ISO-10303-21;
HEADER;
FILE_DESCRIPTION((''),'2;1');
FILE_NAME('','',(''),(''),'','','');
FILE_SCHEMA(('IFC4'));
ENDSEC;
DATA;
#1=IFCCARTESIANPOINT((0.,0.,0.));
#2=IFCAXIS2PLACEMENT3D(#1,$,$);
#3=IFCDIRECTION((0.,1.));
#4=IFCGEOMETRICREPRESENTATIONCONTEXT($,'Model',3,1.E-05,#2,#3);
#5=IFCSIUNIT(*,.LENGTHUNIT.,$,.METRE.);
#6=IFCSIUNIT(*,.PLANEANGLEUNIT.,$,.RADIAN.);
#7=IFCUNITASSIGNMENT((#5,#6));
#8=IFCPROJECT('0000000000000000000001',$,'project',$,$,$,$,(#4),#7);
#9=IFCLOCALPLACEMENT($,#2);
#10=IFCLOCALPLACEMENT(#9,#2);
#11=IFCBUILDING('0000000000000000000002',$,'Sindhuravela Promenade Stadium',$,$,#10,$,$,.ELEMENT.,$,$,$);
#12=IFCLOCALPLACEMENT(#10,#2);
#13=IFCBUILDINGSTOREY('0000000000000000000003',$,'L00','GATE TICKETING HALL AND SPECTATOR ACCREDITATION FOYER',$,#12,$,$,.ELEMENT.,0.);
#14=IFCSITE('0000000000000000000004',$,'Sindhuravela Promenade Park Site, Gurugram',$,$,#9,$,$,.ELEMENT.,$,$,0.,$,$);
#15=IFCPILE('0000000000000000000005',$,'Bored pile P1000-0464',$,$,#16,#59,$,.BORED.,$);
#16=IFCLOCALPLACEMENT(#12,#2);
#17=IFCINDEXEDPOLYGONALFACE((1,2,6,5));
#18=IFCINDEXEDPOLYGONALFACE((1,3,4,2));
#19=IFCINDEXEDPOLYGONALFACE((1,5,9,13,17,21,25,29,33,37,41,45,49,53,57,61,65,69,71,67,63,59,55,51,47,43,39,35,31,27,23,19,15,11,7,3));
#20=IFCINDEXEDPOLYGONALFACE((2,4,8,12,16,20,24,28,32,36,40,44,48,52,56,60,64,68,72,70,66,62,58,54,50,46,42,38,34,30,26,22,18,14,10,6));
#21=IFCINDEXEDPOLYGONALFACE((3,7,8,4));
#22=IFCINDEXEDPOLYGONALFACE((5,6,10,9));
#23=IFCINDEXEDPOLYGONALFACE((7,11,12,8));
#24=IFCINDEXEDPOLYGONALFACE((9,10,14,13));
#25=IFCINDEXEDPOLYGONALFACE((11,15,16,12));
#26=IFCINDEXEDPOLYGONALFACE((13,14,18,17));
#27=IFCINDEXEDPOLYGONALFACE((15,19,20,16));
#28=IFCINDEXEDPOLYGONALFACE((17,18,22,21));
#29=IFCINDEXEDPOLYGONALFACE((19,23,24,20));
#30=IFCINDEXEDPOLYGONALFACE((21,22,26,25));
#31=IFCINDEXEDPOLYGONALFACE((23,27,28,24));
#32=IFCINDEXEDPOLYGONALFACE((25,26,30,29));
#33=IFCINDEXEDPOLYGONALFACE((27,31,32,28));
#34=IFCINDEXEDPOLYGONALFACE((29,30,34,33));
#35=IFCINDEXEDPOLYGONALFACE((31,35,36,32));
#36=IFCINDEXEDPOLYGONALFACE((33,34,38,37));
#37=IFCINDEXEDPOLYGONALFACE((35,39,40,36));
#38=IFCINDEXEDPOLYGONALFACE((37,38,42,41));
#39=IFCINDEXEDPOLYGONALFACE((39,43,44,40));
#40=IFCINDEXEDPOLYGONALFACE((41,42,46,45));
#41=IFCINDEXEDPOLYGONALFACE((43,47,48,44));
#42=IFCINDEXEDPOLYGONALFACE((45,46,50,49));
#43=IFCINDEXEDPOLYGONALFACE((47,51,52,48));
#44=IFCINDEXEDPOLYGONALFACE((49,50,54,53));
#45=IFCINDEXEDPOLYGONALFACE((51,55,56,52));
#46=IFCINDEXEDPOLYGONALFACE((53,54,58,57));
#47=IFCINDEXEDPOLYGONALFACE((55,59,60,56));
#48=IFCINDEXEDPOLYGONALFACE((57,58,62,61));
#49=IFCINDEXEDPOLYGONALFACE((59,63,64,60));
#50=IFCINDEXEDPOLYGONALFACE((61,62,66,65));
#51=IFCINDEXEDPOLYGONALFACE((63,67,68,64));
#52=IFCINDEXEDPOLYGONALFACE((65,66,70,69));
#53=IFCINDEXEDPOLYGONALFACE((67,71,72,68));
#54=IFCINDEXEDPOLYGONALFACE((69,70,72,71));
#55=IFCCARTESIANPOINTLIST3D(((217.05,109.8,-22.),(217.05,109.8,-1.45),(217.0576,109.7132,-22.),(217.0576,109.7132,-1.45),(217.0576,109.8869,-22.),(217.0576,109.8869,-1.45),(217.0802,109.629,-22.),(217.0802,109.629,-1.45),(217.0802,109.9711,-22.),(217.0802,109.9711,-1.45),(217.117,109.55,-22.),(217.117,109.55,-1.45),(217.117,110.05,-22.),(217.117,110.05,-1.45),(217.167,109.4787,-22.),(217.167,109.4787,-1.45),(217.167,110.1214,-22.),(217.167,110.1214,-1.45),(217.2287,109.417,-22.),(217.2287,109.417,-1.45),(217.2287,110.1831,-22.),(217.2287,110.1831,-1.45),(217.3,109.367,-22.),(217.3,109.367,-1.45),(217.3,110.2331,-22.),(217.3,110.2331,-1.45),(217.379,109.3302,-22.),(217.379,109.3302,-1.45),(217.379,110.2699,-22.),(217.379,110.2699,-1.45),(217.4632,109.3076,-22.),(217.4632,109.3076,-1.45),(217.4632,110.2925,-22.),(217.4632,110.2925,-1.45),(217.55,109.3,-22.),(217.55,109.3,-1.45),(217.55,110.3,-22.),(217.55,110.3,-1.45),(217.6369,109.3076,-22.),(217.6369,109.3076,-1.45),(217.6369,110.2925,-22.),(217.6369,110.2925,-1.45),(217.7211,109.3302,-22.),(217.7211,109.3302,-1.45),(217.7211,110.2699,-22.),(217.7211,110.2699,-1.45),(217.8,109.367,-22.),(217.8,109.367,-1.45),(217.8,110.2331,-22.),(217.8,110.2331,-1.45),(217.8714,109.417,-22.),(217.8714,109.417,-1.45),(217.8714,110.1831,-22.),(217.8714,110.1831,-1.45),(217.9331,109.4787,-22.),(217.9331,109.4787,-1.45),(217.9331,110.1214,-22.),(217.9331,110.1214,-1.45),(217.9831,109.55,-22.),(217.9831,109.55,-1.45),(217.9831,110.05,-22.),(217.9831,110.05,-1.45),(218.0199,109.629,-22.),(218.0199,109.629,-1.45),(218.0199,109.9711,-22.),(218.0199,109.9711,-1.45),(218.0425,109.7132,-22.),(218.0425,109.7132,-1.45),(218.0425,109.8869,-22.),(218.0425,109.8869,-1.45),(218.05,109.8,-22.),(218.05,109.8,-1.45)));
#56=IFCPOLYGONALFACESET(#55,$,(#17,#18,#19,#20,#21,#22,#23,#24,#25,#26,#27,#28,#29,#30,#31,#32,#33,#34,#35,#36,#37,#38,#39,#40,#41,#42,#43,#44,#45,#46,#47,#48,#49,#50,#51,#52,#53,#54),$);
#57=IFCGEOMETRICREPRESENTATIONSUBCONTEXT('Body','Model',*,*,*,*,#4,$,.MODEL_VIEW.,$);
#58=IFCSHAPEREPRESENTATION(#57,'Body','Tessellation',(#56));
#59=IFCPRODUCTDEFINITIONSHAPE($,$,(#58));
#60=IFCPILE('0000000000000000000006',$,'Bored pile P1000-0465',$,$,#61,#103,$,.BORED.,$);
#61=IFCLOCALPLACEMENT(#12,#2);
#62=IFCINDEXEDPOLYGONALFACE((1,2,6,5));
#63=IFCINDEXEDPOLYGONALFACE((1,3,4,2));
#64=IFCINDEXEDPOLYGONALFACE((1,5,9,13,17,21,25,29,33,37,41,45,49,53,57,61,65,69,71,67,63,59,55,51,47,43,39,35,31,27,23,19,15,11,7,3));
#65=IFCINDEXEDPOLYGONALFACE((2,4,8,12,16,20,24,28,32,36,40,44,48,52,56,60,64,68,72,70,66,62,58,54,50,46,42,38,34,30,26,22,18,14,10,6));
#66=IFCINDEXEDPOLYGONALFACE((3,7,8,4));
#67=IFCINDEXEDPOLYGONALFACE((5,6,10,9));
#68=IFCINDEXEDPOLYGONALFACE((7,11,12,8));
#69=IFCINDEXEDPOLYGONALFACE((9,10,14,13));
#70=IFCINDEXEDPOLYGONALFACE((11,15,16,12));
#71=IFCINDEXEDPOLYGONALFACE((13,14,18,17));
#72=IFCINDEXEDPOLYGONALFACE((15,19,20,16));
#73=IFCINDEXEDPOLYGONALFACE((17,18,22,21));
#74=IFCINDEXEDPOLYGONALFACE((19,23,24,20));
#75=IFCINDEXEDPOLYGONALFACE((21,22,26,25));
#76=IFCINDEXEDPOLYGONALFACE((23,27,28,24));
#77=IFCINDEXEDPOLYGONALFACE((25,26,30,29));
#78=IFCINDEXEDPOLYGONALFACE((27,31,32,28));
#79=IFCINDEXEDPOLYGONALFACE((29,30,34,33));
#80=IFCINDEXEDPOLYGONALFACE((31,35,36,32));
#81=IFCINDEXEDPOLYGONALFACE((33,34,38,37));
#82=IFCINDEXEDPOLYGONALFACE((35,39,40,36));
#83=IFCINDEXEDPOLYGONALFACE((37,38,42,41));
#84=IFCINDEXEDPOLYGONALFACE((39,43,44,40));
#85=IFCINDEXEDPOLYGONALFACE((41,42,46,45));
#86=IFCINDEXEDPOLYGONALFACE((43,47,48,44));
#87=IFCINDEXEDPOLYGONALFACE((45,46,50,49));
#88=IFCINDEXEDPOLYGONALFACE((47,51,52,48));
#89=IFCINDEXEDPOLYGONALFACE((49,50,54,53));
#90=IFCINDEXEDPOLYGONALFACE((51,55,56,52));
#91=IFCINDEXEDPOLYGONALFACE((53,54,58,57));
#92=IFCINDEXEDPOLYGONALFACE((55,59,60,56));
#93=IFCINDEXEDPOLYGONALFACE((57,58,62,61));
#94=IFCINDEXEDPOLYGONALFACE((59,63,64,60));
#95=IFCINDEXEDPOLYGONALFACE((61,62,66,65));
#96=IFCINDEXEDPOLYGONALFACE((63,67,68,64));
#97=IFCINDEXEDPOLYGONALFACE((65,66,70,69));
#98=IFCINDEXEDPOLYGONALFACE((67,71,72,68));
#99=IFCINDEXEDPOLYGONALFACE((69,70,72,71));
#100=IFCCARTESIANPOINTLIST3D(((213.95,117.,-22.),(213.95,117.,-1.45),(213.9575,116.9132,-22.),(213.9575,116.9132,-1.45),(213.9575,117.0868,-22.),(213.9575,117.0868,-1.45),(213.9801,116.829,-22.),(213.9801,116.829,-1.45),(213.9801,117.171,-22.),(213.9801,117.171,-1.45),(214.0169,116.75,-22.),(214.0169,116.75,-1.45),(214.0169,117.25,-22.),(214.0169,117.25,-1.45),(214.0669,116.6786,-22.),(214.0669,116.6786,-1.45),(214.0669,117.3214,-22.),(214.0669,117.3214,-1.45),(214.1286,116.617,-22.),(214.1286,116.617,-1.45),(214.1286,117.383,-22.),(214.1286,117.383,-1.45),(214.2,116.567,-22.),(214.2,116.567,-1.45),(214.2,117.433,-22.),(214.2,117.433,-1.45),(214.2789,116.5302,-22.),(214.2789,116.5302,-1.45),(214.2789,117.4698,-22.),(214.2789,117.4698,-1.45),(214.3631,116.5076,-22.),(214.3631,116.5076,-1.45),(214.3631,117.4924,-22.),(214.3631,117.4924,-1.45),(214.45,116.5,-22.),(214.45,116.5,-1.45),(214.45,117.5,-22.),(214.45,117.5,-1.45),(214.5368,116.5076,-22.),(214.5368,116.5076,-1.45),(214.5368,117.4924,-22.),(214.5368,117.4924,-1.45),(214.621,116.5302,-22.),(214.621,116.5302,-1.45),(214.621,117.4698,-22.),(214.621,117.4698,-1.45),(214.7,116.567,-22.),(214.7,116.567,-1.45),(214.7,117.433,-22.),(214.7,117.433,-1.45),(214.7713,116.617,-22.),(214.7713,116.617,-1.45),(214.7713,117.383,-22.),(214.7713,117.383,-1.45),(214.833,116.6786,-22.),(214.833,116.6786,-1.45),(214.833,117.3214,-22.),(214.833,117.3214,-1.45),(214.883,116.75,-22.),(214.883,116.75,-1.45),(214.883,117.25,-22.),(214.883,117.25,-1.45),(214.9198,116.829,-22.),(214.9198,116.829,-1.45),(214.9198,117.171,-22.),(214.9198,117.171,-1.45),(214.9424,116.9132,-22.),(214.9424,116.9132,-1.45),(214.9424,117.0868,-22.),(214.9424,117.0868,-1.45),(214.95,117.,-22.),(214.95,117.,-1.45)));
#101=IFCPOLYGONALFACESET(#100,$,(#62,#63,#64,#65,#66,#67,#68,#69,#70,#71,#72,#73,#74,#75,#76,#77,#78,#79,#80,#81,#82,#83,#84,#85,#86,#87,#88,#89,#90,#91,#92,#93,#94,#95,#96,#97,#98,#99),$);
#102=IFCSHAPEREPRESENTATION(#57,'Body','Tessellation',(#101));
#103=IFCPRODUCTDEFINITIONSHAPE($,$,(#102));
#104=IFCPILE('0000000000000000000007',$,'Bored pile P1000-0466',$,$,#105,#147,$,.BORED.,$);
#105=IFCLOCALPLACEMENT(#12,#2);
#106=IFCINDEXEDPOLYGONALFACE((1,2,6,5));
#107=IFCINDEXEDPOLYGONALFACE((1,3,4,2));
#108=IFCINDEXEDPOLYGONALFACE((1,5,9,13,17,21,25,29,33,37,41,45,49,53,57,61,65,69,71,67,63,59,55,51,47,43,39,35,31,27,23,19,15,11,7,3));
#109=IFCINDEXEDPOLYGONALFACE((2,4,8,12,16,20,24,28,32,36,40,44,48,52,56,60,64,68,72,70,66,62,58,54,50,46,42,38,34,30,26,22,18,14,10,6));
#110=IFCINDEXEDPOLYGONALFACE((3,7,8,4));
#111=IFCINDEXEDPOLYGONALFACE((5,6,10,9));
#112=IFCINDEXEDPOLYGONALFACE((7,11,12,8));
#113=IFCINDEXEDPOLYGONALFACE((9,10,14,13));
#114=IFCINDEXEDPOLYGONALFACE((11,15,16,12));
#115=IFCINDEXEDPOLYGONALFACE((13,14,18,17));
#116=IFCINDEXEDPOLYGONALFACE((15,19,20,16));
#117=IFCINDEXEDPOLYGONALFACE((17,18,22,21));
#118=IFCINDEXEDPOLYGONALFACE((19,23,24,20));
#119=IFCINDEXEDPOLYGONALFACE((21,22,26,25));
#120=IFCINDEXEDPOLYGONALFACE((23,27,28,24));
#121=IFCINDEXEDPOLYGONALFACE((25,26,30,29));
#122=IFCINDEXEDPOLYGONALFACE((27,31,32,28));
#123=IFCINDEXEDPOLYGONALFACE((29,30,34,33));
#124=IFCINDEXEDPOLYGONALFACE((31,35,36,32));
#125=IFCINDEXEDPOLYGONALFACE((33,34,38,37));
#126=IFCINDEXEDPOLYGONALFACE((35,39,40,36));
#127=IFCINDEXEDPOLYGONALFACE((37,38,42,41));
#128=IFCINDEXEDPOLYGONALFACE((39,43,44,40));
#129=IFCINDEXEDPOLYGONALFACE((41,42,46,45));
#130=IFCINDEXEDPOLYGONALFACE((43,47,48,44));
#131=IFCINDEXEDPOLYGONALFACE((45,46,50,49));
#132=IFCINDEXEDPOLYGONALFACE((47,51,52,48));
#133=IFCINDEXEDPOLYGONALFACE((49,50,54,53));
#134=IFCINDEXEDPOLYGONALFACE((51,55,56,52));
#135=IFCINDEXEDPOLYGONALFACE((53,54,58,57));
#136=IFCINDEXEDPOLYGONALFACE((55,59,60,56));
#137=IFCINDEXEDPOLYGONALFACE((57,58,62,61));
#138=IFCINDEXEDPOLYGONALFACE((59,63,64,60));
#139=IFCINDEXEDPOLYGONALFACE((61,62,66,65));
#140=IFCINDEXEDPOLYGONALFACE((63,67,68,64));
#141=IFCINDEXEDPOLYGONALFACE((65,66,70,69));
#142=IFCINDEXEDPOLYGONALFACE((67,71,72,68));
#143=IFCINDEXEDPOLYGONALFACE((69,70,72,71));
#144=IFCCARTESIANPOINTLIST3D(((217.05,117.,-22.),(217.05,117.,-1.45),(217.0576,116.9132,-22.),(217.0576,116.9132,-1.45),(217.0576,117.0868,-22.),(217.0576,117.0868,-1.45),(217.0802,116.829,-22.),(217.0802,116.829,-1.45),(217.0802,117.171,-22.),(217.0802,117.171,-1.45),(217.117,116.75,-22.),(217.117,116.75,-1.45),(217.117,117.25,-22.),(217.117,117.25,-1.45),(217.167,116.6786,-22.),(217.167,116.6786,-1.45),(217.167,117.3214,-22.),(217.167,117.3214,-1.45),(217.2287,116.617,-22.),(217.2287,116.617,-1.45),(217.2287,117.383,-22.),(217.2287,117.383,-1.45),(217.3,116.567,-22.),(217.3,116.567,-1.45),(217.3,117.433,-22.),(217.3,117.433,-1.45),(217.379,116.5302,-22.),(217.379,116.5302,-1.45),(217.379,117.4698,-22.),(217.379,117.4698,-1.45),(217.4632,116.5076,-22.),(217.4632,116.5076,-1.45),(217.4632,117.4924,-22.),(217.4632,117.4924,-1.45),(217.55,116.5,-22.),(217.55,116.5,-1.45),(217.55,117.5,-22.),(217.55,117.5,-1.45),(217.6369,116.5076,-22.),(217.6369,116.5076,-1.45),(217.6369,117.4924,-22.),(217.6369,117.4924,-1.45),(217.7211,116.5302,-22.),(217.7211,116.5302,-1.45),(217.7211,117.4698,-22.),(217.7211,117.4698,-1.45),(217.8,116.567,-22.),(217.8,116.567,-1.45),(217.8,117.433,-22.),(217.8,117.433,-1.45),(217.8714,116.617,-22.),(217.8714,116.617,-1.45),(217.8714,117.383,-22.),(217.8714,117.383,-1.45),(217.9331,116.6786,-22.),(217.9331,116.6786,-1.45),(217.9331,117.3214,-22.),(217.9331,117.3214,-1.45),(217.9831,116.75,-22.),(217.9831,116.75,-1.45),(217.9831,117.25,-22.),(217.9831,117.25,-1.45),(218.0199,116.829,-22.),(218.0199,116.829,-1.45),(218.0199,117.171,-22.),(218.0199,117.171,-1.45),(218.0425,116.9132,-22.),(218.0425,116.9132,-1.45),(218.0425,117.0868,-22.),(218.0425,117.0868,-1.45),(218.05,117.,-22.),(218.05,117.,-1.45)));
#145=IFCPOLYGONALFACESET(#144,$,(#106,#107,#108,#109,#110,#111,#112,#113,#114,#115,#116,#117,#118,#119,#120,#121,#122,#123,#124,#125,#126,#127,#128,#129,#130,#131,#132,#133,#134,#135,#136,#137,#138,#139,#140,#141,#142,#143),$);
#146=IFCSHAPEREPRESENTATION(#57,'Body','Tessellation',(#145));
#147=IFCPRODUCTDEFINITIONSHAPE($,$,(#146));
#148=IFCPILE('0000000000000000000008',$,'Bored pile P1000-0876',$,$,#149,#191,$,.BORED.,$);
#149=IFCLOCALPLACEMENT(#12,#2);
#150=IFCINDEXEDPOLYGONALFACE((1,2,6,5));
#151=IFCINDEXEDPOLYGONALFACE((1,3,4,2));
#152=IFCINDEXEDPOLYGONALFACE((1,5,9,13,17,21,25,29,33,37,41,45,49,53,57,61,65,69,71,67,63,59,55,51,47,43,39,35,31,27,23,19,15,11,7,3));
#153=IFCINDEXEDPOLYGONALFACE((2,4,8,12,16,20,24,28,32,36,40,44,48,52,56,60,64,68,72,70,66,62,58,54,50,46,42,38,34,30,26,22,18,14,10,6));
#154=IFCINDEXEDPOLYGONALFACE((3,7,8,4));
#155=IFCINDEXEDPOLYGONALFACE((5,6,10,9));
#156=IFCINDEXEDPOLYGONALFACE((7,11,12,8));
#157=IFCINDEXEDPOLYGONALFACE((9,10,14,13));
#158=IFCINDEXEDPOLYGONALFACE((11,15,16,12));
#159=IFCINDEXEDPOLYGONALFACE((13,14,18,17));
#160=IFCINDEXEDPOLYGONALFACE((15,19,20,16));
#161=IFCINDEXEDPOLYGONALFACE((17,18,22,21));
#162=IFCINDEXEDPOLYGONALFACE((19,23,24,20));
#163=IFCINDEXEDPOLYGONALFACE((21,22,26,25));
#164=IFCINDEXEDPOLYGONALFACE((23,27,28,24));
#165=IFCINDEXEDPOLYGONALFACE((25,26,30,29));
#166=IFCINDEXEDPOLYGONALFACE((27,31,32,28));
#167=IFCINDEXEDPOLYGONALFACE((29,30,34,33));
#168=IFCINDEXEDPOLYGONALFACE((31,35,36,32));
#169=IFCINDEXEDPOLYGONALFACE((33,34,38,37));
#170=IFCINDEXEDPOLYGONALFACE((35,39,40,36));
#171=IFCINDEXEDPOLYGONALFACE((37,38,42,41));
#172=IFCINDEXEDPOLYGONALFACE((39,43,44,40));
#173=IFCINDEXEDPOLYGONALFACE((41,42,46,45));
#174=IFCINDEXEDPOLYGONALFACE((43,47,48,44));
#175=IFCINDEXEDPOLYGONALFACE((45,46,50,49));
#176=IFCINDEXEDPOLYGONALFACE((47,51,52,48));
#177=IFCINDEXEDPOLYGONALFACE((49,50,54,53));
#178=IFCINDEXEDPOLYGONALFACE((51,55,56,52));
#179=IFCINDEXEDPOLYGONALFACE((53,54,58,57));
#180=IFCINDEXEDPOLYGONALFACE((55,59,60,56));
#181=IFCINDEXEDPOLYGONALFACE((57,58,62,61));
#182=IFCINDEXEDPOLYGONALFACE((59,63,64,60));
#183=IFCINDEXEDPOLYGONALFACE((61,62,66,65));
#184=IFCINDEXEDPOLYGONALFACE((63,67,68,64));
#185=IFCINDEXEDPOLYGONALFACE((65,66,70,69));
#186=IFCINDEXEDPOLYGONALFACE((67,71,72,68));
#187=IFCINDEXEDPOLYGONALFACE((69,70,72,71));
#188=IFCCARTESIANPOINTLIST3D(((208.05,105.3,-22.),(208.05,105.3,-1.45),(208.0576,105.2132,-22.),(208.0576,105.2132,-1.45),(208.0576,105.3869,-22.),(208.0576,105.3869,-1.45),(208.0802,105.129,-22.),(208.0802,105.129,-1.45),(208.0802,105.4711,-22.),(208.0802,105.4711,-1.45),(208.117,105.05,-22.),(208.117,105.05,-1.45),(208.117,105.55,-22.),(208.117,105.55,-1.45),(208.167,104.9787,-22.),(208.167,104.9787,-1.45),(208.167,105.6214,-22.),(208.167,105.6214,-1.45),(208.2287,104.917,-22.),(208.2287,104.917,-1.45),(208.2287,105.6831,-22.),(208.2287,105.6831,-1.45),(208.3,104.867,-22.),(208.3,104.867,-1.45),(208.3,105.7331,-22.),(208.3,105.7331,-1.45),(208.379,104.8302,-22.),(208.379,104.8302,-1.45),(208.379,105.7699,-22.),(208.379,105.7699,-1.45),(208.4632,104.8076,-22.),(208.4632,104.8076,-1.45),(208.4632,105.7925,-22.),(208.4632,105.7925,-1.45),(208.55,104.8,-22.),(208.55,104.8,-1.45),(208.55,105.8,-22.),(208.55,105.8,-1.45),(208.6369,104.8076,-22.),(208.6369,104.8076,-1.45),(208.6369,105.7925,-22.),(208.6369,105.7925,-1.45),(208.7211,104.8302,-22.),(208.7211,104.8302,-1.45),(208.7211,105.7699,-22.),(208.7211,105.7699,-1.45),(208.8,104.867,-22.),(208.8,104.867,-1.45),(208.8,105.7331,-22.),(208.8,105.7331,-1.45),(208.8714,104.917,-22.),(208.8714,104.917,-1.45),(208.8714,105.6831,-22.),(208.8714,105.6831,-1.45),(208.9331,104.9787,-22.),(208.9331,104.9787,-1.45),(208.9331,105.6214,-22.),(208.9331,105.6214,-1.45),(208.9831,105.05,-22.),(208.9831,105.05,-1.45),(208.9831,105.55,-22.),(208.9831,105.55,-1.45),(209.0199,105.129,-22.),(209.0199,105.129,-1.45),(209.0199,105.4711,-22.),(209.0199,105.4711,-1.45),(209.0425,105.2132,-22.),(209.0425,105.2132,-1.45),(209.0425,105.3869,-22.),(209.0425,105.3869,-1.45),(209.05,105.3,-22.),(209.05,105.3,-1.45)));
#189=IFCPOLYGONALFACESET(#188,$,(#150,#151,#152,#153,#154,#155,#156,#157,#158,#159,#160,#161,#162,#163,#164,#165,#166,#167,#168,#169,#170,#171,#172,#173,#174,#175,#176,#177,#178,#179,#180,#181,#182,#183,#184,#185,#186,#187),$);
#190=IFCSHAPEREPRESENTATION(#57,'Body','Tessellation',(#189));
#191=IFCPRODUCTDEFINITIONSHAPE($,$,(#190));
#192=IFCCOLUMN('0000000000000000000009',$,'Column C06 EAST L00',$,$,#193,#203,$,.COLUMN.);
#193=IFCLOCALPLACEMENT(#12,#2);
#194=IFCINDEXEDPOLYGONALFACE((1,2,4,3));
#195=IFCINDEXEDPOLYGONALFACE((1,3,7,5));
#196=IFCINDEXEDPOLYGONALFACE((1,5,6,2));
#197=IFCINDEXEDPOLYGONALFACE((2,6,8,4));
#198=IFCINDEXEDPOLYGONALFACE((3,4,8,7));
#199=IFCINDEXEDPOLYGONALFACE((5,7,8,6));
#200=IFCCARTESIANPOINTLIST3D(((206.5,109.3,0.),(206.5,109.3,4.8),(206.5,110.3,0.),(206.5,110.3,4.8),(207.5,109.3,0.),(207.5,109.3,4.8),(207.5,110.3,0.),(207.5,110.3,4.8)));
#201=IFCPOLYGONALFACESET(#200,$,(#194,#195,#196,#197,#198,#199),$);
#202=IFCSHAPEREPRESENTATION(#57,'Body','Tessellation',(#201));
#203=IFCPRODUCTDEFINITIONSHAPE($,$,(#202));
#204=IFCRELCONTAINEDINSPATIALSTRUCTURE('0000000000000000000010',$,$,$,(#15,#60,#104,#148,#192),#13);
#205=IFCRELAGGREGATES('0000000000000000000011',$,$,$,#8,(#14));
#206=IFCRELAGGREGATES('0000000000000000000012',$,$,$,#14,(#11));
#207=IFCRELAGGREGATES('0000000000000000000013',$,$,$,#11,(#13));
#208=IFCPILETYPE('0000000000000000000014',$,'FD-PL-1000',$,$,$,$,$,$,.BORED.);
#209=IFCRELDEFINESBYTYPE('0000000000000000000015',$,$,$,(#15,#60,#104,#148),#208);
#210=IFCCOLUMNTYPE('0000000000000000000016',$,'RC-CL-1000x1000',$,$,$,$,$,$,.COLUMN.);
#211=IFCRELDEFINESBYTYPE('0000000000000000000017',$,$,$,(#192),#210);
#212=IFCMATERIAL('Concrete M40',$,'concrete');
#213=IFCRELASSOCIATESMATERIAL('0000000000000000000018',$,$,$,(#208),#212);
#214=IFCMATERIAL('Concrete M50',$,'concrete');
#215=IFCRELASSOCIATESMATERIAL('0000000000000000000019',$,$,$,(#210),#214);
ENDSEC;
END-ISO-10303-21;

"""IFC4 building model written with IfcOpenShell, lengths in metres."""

from ifc_helpers import new_model, si_unit, direction, frame, origin, origin_2d, place, context, subcontext, project, spatial, rectangle, circle, extrude, material, material_profile, profile_set, type_object, element, save


model = new_model("IFC4")

# Units and contexts
model_context = context("Model", 3, precision=1e-05, world=origin(), true_north=direction((0.0, 1.0)))
body_context = subcontext(model_context, "Body", "Model", "MODEL_VIEW")
ifc_project = project(units=[si_unit("LENGTHUNIT", "METRE"), si_unit("PLANEANGLEUNIT", "RADIAN")], contexts=[model_context])

# Site, building, storey
site_placement = place(None, origin())
site = spatial("IfcSite", under=ifc_project, at=site_placement, Name="Sindhuravela Promenade Park Site, Gurugram", CompositionType="ELEMENT", RefElevation=0.0)
building_placement = place(site_placement, origin())
building = spatial("IfcBuilding", under=site, at=building_placement, Name="Sindhuravela Promenade Stadium", CompositionType="ELEMENT")
storey_placement = place(building_placement, origin())
storey = spatial("IfcBuildingStorey", under=building, at=storey_placement, Name="L00", Description="GATE TICKETING HALL AND SPECTATOR ACCREDITATION FOYER", CompositionType="ELEMENT", Elevation=0.0)

# Shared definitions
ifc_material_1 = material(Name="Concrete M50", Category="concrete")

# Piles
ifc_material_2 = material(Name="Concrete M40", Category="concrete")
ifc_material_profile_1 = material_profile(ifc_material_2, circle(Radius=0.5, at=origin_2d()), Name="BORED PILE D1000")
ifc_profile_set_1 = profile_set([ifc_material_profile_1], Name="Concrete M40")
pile_type = type_object("IfcPileType", Name="FD-PL-1000", PredefinedType="BORED", material=ifc_profile_set_1)
for number, where, z_axis, x_axis, name in (
    (1, (217.55, 109.8, -1.45), (0.0, 0.0, -1.0), (1.0, 0.0, 0.0), "Bored pile P1000-0464"),
    (2, (214.45, 117.0, -1.45), (0.0, 0.0, -1.0), (1.0, 0.0, 0.0), "Bored pile P1000-0465"),
    (3, (217.55, 117.0, -1.45), (0.0, 0.0, -1.0), (1.0, 0.0, 0.0), "Bored pile P1000-0466"),
    (4, (208.55, 105.3, -1.45), (0.0, 0.0, -1.0), (1.0, 0.0, 0.0), "Bored pile P1000-0876"),
):
    element("IfcPile", number, at=place(storey_placement, frame(where, z_axis=z_axis, x_axis=x_axis)), inside=storey, type_object=pile_type, Name=name, PredefinedType="BORED", context=body_context, shape_type="SweptSolid", body=[
        extrude(circle(Radius=0.5, at=origin_2d()), origin(), (0.0, 0.0, 1.0), 20.55),
    ])

# Column
ifc_material_profile_2 = material_profile(ifc_material_1, rectangle(XDim=1.0, YDim=1.0, at=origin_2d()), Name="RC 1000x1000")
ifc_profile_set_2 = profile_set([ifc_material_profile_2], Name="Concrete M50")
column_type_1 = type_object("IfcColumnType", Name="RC-CL-1000x1000", PredefinedType="COLUMN", material=ifc_profile_set_2)
for number, where, z_axis, x_axis, name in (
    (5, (207.0, 109.8, 0.0), (0.0, 0.0, 1.0), (1.0, 0.0, 0.0), "Column C06 EAST L00"),
):
    element("IfcColumn", number, at=place(storey_placement, frame(where, z_axis=z_axis, x_axis=x_axis)), inside=storey, type_object=column_type_1, Name=name, PredefinedType="COLUMN", context=body_context, shape_type="SweptSolid", body=[
        extrude(rectangle(XDim=1.0, YDim=1.0, at=origin_2d()), origin(), (0.0, 0.0, 1.0), 4.8),
    ])

save(model, "model.ifc")
